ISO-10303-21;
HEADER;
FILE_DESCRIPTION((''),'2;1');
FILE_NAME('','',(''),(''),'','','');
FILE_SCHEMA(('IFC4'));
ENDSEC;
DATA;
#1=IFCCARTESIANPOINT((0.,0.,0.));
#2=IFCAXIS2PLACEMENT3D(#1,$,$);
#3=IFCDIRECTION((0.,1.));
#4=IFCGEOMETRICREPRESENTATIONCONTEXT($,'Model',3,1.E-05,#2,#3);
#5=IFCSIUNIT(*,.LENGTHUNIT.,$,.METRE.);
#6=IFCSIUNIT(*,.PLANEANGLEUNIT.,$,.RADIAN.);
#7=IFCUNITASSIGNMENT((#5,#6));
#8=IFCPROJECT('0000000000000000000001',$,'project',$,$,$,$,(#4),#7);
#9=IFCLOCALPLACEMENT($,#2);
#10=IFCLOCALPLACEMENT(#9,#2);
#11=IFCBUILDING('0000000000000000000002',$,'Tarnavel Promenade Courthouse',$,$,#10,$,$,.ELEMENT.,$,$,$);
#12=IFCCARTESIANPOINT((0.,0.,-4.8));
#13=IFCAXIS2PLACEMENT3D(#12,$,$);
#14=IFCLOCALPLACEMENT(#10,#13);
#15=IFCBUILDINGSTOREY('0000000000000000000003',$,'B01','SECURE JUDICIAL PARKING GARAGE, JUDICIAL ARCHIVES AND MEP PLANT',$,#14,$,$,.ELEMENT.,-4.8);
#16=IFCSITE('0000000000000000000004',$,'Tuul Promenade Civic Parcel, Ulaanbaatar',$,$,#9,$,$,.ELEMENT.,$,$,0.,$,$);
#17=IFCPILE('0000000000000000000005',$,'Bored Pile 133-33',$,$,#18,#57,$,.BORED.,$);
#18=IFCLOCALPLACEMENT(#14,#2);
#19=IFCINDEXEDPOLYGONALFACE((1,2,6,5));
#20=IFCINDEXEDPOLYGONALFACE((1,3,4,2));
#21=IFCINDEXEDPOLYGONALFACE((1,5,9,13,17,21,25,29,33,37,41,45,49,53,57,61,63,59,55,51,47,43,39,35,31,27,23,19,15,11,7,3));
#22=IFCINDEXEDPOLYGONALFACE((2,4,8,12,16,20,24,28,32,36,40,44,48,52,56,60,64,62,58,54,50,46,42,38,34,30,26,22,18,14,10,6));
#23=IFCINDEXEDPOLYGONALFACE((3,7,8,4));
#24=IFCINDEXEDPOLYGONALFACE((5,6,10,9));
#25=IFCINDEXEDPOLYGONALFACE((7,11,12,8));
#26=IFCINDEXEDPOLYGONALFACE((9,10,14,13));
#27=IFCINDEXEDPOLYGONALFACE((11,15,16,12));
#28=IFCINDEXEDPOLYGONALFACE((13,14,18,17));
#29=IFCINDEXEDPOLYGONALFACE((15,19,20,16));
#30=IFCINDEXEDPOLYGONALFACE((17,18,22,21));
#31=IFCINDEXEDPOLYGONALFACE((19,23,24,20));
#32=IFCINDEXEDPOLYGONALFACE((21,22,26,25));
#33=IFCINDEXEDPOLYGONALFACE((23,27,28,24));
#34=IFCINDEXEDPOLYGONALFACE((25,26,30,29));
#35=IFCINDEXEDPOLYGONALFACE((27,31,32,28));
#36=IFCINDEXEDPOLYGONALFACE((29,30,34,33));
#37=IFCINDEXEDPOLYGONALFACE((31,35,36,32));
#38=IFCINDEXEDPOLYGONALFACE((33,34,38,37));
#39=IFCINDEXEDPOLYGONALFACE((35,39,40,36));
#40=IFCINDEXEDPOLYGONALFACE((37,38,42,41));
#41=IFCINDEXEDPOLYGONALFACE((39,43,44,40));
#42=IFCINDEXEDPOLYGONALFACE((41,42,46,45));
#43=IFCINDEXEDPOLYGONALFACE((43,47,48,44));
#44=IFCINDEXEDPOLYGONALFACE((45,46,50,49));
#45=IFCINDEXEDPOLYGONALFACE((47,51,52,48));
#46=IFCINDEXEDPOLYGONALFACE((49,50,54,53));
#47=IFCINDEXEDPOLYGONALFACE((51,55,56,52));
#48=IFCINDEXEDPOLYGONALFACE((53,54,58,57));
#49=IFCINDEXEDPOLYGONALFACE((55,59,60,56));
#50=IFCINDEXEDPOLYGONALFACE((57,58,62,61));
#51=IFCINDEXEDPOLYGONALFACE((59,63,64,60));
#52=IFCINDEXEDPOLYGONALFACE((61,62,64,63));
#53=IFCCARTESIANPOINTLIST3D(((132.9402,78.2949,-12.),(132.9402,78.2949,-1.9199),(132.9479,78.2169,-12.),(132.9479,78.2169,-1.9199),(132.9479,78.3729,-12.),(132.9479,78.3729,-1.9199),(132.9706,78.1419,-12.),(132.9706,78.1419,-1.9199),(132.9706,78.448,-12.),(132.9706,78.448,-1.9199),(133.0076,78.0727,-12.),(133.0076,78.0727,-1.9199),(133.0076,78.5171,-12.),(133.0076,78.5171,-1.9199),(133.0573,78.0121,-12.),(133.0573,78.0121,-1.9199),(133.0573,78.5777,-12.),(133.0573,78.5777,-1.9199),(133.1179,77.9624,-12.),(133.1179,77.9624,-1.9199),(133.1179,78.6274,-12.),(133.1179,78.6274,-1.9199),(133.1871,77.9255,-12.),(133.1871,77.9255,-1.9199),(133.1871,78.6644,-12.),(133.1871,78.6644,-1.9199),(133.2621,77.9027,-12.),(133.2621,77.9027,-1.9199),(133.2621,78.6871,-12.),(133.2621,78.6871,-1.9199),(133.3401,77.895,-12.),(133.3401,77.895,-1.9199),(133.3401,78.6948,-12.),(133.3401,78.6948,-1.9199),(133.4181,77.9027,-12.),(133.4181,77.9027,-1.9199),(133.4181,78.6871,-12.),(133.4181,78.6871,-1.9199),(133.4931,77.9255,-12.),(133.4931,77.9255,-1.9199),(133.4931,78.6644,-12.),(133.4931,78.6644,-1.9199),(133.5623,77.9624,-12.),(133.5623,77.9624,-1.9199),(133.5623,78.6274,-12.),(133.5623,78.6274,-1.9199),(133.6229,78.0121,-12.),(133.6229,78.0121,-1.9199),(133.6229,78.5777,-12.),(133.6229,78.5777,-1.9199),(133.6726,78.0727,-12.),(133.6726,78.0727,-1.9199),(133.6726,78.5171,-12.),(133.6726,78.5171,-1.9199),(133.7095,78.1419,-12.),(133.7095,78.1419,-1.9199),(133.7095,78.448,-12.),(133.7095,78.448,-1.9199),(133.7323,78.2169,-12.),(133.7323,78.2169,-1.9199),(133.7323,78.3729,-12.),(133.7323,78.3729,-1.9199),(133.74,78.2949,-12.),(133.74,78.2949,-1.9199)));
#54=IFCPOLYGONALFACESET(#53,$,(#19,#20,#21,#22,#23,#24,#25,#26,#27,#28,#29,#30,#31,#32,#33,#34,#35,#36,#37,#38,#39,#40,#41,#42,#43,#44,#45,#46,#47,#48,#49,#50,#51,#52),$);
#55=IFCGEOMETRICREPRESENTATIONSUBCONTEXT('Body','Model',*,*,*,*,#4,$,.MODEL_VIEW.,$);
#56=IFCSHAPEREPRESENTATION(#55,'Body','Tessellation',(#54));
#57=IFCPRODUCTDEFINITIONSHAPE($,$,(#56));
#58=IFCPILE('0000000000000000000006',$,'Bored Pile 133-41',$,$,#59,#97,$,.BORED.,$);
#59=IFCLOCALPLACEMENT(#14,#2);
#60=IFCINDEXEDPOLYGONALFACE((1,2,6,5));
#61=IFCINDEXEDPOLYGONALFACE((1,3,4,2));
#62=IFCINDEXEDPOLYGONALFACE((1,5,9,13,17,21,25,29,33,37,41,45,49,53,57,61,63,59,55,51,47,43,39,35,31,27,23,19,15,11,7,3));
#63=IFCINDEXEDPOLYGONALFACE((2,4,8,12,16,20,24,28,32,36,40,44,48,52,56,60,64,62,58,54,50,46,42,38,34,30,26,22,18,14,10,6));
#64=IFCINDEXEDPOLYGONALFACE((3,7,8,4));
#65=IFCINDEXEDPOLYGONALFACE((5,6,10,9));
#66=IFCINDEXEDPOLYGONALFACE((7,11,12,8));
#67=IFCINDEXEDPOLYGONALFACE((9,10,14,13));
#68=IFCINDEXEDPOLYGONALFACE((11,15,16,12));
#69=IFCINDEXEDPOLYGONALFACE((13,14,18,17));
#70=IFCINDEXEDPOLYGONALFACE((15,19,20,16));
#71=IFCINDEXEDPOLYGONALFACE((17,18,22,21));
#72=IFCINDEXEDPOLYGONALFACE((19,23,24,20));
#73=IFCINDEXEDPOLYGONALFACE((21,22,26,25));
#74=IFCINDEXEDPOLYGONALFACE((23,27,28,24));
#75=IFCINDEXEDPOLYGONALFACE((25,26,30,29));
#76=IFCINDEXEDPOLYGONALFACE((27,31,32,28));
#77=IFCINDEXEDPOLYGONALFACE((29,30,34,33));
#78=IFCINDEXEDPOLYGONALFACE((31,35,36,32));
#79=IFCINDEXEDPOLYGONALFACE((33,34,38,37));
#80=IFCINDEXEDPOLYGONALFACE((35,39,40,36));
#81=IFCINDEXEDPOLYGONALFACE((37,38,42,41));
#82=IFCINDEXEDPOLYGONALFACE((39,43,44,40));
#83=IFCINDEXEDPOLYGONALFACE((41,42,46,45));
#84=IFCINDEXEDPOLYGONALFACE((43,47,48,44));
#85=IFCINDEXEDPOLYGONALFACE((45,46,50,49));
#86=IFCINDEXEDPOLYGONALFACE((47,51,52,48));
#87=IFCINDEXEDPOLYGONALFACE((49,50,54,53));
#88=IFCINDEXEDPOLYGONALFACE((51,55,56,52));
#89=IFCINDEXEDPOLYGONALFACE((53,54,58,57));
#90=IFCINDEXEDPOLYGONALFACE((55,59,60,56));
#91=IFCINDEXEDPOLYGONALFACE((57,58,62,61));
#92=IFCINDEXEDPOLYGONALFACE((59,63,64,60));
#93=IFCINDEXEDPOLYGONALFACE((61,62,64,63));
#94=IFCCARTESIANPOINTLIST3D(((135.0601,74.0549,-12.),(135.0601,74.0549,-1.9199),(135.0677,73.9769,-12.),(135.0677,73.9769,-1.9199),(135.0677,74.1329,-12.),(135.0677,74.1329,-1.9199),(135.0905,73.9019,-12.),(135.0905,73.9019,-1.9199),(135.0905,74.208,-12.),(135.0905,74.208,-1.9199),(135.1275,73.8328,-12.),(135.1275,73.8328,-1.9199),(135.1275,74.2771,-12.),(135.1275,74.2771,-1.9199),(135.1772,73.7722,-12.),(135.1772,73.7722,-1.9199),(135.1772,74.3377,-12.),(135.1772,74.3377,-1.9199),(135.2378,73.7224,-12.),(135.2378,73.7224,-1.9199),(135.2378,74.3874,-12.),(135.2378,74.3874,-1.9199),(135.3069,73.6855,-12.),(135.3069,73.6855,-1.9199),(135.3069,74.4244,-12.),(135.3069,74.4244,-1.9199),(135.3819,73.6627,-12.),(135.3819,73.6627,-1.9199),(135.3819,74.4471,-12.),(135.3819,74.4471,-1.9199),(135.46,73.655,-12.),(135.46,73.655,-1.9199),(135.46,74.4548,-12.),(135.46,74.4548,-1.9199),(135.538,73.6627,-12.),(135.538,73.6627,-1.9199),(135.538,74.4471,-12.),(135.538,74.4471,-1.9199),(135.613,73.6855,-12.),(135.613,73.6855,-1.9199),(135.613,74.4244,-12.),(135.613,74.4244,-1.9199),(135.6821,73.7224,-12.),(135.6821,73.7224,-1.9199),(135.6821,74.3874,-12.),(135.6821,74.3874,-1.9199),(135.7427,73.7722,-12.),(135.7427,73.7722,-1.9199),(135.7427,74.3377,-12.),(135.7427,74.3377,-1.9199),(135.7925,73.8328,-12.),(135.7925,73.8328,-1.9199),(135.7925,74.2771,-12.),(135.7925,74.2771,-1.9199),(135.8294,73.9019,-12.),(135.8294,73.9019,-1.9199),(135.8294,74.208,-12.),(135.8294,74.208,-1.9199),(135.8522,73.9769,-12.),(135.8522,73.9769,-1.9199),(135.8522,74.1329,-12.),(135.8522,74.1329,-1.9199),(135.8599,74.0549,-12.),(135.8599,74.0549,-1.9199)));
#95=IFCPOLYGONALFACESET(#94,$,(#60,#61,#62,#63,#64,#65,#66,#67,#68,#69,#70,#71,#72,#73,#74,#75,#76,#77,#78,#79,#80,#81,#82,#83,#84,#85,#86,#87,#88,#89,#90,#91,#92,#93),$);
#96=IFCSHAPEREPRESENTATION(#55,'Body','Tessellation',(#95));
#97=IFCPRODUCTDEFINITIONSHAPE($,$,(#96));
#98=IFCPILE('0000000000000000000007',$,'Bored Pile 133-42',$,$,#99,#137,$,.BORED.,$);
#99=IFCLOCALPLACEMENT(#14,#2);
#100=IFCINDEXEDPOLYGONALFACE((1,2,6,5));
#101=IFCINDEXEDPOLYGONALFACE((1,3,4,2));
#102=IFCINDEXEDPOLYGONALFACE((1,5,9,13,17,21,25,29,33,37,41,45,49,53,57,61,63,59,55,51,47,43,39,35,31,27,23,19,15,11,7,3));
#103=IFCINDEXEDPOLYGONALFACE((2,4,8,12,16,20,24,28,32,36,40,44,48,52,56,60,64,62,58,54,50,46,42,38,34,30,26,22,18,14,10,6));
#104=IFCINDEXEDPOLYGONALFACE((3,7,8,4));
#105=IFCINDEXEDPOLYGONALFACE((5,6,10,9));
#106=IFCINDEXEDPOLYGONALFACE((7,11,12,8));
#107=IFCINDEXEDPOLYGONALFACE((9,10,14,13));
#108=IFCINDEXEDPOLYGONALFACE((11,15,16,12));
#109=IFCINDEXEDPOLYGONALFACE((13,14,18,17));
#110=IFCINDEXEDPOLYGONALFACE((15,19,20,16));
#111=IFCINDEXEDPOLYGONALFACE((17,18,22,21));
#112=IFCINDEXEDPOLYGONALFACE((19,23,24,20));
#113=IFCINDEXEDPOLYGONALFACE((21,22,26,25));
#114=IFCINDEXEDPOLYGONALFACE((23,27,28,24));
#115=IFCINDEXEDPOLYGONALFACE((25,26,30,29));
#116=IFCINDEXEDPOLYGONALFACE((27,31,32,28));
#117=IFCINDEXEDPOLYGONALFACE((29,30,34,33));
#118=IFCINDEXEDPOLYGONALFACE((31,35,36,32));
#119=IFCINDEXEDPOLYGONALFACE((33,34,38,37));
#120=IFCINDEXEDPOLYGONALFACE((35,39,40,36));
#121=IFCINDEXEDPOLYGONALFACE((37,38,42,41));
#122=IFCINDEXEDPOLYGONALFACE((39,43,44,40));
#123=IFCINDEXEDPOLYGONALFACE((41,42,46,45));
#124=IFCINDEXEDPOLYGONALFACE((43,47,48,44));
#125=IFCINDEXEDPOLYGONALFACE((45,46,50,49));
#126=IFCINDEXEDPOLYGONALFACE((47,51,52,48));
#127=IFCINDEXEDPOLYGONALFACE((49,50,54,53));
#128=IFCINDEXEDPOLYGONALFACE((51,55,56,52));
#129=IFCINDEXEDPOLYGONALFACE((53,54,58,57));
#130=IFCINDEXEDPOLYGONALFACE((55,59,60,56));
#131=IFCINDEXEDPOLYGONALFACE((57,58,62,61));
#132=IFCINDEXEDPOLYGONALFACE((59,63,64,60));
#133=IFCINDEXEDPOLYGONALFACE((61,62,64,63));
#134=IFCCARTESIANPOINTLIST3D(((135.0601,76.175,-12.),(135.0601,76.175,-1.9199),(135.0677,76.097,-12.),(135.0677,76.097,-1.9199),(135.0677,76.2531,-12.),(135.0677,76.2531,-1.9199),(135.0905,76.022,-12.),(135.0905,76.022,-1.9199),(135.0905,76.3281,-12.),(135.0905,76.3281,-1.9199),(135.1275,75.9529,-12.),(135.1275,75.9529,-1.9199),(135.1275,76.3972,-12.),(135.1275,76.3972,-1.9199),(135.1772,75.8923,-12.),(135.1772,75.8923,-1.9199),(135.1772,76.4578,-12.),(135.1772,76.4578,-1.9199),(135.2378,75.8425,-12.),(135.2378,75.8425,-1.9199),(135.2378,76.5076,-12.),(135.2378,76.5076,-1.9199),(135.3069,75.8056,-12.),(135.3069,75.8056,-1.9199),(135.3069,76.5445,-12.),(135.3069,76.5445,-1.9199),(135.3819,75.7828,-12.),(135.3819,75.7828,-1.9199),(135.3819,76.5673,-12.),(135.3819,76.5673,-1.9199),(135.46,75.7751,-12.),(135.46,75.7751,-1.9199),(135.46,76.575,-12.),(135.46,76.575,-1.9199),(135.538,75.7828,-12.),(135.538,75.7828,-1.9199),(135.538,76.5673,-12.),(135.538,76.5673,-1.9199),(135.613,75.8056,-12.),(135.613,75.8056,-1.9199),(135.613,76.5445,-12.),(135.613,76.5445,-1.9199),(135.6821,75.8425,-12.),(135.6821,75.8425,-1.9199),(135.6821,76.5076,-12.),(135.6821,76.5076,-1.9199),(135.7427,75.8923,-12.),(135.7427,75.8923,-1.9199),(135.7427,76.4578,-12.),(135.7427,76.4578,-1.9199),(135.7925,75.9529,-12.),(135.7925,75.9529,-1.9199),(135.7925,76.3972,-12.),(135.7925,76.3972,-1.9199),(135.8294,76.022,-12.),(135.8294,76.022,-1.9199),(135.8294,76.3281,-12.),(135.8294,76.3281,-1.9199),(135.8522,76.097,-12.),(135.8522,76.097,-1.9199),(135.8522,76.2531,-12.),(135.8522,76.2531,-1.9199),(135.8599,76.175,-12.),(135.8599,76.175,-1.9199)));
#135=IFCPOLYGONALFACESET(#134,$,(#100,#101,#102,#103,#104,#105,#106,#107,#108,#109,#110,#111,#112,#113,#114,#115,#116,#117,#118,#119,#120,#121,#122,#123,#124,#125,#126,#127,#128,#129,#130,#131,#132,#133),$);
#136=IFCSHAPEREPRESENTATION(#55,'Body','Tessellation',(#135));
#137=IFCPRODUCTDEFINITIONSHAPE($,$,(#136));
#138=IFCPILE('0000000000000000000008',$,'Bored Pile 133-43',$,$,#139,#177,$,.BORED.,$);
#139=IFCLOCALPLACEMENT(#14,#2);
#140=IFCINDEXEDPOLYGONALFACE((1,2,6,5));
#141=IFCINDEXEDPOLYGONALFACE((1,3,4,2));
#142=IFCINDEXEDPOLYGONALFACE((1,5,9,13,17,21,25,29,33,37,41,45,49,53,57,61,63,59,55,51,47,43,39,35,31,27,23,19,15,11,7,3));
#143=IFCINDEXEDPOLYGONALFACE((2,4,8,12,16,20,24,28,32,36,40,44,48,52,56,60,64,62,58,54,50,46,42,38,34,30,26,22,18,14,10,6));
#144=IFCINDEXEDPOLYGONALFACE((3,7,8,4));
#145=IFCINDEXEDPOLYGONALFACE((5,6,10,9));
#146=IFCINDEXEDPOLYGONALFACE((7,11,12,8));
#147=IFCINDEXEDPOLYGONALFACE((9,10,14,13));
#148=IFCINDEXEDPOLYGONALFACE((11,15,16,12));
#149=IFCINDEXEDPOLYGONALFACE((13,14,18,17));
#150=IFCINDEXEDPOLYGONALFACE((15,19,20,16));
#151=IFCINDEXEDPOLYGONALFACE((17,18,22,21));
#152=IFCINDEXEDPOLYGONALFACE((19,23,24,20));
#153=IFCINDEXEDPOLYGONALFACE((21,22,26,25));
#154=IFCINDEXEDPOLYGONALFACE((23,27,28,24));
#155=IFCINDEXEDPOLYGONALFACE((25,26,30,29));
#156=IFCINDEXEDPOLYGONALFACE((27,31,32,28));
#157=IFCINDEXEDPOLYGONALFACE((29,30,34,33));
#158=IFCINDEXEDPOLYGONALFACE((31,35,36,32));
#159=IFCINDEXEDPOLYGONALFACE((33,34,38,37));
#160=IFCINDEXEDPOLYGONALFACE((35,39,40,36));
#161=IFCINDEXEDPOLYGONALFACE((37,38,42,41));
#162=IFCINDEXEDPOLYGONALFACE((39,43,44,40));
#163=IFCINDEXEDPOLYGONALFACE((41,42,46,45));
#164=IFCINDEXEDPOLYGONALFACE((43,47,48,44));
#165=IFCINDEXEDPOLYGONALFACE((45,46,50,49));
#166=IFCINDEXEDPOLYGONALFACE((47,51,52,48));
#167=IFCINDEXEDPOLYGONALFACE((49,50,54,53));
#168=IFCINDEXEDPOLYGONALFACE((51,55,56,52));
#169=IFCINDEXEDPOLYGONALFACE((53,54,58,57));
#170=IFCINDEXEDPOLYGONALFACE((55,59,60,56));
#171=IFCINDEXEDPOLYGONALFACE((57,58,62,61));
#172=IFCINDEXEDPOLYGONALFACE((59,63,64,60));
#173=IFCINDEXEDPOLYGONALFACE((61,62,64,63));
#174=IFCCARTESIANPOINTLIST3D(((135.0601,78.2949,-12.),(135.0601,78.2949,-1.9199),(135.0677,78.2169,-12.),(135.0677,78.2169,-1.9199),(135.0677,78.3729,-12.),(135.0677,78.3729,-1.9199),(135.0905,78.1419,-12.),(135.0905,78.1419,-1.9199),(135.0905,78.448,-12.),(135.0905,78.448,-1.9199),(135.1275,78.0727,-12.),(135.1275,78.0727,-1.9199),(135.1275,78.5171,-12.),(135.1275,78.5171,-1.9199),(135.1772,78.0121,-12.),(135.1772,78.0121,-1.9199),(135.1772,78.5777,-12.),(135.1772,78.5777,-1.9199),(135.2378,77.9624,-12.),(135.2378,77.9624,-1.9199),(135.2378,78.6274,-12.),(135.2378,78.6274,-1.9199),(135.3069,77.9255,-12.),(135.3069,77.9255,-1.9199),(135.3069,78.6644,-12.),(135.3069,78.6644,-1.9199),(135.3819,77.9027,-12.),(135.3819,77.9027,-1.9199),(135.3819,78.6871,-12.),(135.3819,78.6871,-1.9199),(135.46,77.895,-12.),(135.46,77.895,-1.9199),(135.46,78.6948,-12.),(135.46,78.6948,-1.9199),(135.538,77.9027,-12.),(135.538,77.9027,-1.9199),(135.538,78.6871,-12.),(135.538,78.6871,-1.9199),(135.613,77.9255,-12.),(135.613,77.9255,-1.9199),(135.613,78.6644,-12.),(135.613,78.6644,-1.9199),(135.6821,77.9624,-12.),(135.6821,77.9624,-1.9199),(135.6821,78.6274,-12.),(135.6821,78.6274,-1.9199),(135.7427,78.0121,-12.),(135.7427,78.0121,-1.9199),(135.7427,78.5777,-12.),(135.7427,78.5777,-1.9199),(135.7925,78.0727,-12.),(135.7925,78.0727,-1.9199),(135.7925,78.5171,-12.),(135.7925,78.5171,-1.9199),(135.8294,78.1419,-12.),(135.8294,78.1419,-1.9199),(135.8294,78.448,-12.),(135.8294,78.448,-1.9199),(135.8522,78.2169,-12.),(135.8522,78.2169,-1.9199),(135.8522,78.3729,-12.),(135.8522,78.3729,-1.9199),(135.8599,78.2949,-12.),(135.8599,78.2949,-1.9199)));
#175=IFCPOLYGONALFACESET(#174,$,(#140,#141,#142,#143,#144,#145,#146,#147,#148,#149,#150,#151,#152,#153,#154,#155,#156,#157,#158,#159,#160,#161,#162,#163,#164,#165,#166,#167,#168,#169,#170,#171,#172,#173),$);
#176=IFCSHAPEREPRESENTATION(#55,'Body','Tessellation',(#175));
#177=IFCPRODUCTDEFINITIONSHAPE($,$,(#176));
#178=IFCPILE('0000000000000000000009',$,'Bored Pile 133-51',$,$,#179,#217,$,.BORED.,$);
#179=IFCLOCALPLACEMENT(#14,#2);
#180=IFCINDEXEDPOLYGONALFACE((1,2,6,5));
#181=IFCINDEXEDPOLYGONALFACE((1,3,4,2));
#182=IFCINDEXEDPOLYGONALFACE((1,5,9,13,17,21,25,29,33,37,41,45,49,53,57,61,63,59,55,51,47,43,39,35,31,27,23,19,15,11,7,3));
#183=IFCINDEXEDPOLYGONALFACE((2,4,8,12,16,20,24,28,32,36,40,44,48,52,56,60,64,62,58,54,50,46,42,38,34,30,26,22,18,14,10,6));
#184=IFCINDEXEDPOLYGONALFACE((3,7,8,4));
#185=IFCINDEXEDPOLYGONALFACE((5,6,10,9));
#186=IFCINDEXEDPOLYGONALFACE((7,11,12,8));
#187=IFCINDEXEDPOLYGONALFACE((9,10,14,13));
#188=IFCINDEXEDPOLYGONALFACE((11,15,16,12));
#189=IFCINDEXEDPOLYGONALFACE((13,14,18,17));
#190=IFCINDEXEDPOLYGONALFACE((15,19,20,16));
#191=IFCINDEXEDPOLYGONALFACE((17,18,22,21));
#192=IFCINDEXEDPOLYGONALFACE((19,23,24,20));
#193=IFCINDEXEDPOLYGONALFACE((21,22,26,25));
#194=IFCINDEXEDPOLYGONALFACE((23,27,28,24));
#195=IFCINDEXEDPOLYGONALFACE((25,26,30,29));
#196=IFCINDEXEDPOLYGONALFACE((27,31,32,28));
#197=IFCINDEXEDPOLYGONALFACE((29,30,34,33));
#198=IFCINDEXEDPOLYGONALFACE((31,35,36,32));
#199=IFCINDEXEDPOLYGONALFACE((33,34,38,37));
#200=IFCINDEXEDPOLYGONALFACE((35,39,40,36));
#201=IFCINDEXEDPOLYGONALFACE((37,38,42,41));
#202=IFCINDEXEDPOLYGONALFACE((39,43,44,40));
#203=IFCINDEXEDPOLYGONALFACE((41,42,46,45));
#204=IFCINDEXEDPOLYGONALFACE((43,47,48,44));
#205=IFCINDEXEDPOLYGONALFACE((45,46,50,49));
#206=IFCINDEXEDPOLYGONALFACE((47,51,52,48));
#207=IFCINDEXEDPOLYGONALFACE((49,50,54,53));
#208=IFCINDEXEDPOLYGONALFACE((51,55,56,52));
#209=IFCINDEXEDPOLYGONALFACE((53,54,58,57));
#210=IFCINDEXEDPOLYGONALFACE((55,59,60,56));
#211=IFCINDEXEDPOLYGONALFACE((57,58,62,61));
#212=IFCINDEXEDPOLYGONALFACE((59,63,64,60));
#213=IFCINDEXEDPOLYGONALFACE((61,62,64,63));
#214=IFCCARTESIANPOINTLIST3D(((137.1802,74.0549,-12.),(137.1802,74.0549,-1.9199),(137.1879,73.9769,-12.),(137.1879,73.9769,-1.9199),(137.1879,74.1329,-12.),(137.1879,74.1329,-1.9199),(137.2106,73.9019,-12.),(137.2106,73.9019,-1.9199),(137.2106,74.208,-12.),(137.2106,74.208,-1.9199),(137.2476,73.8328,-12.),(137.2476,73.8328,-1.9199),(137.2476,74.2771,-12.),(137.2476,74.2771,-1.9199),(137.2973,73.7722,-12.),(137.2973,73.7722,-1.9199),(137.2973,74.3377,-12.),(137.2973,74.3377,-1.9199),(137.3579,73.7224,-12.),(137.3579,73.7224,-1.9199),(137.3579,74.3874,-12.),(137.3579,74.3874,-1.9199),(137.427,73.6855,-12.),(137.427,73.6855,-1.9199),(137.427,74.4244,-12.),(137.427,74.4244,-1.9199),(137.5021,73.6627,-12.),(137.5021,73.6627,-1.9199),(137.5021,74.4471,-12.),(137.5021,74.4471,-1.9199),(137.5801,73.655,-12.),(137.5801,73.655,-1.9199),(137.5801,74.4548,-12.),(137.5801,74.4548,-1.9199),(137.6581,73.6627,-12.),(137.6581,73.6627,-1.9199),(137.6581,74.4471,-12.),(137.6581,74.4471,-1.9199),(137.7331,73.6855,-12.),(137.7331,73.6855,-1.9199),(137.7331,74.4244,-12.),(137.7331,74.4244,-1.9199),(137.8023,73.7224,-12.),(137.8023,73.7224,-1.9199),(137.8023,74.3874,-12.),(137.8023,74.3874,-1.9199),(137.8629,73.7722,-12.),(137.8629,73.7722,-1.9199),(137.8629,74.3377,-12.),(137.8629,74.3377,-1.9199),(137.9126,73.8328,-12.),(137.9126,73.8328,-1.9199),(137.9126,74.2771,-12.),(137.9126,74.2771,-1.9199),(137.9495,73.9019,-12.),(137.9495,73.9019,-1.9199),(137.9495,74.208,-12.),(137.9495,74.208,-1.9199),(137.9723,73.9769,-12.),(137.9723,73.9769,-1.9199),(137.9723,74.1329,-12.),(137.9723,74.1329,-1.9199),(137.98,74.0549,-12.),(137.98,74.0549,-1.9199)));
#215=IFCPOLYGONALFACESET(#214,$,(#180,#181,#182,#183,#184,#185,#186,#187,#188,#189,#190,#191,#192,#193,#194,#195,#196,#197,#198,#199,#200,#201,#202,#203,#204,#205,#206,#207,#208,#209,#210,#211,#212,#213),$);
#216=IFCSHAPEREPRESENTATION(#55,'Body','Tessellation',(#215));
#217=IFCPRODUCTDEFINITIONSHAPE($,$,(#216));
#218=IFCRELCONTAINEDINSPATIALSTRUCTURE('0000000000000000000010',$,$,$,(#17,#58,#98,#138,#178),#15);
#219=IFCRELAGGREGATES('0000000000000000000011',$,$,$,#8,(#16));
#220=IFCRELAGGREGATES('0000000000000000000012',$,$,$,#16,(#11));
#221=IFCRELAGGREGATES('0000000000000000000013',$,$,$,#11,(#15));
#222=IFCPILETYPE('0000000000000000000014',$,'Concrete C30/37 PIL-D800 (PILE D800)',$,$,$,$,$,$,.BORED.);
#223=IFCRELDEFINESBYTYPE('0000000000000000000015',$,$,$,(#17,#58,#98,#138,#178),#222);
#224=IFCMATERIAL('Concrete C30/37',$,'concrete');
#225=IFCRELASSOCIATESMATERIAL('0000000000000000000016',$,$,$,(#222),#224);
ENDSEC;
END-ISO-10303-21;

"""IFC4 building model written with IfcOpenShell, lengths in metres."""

from ifc_helpers import new_model, si_unit, direction, frame, origin, origin_2d, place, context, subcontext, project, spatial, circle, extrude, material, material_profile, profile_set, type_object, element, save


model = new_model("IFC4")

# Units and contexts
model_context = context("Model", 3, precision=1e-05, world=origin(), true_north=direction((0.0, 1.0)))
body_context = subcontext(model_context, "Body", "Model", "MODEL_VIEW")
ifc_project = project(units=[si_unit("LENGTHUNIT", "METRE"), si_unit("PLANEANGLEUNIT", "RADIAN")], contexts=[model_context])

# Site, building, storey
site_placement = place(None, origin())
site = spatial("IfcSite", under=ifc_project, at=site_placement, Name="Tuul Promenade Civic Parcel, Ulaanbaatar", CompositionType="ELEMENT", RefElevation=0.0)
building_placement = place(site_placement, origin())
building = spatial("IfcBuilding", under=site, at=building_placement, Name="Tarnavel Promenade Courthouse", CompositionType="ELEMENT")
storey_placement = place(building_placement, frame((0.0, 0.0, -4.8)))
storey = spatial("IfcBuildingStorey", under=building, at=storey_placement, Name="B01", Description="SECURE JUDICIAL PARKING GARAGE, JUDICIAL ARCHIVES AND MEP PLANT", CompositionType="ELEMENT", Elevation=-4.8)

# Piles
ifc_material_1 = material(Name="Concrete C30/37", Category="concrete")
ifc_material_profile_1 = material_profile(ifc_material_1, circle(Radius=0.3999, at=origin_2d()), Name="PILE D800")
ifc_profile_set_1 = profile_set([ifc_material_profile_1], Name="Concrete C30/37")
pile_type = type_object("IfcPileType", Name="Concrete C30/37 PIL-D800 (PILE D800)", PredefinedType="BORED", material=ifc_profile_set_1)
for number, where, z_axis, x_axis, name in (
    (1, (133.3401, 78.2949, -1.9199), (0.0, 0.0, -1.0), (1.0, 0.0, 0.0), "Bored Pile 133-33"),
    (2, (135.46, 74.0549, -1.9199), (0.0, 0.0, -1.0), (1.0, 0.0, 0.0), "Bored Pile 133-41"),
    (3, (135.46, 76.175, -1.9199), (0.0, 0.0, -1.0), (1.0, 0.0, 0.0), "Bored Pile 133-42"),
    (4, (135.46, 78.2949, -1.9199), (0.0, 0.0, -1.0), (1.0, 0.0, 0.0), "Bored Pile 133-43"),
    (5, (137.5801, 74.0549, -1.9199), (0.0, 0.0, -1.0), (1.0, 0.0, 0.0), "Bored Pile 133-51"),
):
    element("IfcPile", number, at=place(storey_placement, frame(where, z_axis=z_axis, x_axis=x_axis)), inside=storey, type_object=pile_type, Name=name, PredefinedType="BORED", context=body_context, shape_type="SweptSolid", body=[
        extrude(circle(Radius=0.3999, at=origin_2d()), origin(), (0.0, 0.0, 1.0), 10.0801),
    ])

save(model, "model.ifc")
